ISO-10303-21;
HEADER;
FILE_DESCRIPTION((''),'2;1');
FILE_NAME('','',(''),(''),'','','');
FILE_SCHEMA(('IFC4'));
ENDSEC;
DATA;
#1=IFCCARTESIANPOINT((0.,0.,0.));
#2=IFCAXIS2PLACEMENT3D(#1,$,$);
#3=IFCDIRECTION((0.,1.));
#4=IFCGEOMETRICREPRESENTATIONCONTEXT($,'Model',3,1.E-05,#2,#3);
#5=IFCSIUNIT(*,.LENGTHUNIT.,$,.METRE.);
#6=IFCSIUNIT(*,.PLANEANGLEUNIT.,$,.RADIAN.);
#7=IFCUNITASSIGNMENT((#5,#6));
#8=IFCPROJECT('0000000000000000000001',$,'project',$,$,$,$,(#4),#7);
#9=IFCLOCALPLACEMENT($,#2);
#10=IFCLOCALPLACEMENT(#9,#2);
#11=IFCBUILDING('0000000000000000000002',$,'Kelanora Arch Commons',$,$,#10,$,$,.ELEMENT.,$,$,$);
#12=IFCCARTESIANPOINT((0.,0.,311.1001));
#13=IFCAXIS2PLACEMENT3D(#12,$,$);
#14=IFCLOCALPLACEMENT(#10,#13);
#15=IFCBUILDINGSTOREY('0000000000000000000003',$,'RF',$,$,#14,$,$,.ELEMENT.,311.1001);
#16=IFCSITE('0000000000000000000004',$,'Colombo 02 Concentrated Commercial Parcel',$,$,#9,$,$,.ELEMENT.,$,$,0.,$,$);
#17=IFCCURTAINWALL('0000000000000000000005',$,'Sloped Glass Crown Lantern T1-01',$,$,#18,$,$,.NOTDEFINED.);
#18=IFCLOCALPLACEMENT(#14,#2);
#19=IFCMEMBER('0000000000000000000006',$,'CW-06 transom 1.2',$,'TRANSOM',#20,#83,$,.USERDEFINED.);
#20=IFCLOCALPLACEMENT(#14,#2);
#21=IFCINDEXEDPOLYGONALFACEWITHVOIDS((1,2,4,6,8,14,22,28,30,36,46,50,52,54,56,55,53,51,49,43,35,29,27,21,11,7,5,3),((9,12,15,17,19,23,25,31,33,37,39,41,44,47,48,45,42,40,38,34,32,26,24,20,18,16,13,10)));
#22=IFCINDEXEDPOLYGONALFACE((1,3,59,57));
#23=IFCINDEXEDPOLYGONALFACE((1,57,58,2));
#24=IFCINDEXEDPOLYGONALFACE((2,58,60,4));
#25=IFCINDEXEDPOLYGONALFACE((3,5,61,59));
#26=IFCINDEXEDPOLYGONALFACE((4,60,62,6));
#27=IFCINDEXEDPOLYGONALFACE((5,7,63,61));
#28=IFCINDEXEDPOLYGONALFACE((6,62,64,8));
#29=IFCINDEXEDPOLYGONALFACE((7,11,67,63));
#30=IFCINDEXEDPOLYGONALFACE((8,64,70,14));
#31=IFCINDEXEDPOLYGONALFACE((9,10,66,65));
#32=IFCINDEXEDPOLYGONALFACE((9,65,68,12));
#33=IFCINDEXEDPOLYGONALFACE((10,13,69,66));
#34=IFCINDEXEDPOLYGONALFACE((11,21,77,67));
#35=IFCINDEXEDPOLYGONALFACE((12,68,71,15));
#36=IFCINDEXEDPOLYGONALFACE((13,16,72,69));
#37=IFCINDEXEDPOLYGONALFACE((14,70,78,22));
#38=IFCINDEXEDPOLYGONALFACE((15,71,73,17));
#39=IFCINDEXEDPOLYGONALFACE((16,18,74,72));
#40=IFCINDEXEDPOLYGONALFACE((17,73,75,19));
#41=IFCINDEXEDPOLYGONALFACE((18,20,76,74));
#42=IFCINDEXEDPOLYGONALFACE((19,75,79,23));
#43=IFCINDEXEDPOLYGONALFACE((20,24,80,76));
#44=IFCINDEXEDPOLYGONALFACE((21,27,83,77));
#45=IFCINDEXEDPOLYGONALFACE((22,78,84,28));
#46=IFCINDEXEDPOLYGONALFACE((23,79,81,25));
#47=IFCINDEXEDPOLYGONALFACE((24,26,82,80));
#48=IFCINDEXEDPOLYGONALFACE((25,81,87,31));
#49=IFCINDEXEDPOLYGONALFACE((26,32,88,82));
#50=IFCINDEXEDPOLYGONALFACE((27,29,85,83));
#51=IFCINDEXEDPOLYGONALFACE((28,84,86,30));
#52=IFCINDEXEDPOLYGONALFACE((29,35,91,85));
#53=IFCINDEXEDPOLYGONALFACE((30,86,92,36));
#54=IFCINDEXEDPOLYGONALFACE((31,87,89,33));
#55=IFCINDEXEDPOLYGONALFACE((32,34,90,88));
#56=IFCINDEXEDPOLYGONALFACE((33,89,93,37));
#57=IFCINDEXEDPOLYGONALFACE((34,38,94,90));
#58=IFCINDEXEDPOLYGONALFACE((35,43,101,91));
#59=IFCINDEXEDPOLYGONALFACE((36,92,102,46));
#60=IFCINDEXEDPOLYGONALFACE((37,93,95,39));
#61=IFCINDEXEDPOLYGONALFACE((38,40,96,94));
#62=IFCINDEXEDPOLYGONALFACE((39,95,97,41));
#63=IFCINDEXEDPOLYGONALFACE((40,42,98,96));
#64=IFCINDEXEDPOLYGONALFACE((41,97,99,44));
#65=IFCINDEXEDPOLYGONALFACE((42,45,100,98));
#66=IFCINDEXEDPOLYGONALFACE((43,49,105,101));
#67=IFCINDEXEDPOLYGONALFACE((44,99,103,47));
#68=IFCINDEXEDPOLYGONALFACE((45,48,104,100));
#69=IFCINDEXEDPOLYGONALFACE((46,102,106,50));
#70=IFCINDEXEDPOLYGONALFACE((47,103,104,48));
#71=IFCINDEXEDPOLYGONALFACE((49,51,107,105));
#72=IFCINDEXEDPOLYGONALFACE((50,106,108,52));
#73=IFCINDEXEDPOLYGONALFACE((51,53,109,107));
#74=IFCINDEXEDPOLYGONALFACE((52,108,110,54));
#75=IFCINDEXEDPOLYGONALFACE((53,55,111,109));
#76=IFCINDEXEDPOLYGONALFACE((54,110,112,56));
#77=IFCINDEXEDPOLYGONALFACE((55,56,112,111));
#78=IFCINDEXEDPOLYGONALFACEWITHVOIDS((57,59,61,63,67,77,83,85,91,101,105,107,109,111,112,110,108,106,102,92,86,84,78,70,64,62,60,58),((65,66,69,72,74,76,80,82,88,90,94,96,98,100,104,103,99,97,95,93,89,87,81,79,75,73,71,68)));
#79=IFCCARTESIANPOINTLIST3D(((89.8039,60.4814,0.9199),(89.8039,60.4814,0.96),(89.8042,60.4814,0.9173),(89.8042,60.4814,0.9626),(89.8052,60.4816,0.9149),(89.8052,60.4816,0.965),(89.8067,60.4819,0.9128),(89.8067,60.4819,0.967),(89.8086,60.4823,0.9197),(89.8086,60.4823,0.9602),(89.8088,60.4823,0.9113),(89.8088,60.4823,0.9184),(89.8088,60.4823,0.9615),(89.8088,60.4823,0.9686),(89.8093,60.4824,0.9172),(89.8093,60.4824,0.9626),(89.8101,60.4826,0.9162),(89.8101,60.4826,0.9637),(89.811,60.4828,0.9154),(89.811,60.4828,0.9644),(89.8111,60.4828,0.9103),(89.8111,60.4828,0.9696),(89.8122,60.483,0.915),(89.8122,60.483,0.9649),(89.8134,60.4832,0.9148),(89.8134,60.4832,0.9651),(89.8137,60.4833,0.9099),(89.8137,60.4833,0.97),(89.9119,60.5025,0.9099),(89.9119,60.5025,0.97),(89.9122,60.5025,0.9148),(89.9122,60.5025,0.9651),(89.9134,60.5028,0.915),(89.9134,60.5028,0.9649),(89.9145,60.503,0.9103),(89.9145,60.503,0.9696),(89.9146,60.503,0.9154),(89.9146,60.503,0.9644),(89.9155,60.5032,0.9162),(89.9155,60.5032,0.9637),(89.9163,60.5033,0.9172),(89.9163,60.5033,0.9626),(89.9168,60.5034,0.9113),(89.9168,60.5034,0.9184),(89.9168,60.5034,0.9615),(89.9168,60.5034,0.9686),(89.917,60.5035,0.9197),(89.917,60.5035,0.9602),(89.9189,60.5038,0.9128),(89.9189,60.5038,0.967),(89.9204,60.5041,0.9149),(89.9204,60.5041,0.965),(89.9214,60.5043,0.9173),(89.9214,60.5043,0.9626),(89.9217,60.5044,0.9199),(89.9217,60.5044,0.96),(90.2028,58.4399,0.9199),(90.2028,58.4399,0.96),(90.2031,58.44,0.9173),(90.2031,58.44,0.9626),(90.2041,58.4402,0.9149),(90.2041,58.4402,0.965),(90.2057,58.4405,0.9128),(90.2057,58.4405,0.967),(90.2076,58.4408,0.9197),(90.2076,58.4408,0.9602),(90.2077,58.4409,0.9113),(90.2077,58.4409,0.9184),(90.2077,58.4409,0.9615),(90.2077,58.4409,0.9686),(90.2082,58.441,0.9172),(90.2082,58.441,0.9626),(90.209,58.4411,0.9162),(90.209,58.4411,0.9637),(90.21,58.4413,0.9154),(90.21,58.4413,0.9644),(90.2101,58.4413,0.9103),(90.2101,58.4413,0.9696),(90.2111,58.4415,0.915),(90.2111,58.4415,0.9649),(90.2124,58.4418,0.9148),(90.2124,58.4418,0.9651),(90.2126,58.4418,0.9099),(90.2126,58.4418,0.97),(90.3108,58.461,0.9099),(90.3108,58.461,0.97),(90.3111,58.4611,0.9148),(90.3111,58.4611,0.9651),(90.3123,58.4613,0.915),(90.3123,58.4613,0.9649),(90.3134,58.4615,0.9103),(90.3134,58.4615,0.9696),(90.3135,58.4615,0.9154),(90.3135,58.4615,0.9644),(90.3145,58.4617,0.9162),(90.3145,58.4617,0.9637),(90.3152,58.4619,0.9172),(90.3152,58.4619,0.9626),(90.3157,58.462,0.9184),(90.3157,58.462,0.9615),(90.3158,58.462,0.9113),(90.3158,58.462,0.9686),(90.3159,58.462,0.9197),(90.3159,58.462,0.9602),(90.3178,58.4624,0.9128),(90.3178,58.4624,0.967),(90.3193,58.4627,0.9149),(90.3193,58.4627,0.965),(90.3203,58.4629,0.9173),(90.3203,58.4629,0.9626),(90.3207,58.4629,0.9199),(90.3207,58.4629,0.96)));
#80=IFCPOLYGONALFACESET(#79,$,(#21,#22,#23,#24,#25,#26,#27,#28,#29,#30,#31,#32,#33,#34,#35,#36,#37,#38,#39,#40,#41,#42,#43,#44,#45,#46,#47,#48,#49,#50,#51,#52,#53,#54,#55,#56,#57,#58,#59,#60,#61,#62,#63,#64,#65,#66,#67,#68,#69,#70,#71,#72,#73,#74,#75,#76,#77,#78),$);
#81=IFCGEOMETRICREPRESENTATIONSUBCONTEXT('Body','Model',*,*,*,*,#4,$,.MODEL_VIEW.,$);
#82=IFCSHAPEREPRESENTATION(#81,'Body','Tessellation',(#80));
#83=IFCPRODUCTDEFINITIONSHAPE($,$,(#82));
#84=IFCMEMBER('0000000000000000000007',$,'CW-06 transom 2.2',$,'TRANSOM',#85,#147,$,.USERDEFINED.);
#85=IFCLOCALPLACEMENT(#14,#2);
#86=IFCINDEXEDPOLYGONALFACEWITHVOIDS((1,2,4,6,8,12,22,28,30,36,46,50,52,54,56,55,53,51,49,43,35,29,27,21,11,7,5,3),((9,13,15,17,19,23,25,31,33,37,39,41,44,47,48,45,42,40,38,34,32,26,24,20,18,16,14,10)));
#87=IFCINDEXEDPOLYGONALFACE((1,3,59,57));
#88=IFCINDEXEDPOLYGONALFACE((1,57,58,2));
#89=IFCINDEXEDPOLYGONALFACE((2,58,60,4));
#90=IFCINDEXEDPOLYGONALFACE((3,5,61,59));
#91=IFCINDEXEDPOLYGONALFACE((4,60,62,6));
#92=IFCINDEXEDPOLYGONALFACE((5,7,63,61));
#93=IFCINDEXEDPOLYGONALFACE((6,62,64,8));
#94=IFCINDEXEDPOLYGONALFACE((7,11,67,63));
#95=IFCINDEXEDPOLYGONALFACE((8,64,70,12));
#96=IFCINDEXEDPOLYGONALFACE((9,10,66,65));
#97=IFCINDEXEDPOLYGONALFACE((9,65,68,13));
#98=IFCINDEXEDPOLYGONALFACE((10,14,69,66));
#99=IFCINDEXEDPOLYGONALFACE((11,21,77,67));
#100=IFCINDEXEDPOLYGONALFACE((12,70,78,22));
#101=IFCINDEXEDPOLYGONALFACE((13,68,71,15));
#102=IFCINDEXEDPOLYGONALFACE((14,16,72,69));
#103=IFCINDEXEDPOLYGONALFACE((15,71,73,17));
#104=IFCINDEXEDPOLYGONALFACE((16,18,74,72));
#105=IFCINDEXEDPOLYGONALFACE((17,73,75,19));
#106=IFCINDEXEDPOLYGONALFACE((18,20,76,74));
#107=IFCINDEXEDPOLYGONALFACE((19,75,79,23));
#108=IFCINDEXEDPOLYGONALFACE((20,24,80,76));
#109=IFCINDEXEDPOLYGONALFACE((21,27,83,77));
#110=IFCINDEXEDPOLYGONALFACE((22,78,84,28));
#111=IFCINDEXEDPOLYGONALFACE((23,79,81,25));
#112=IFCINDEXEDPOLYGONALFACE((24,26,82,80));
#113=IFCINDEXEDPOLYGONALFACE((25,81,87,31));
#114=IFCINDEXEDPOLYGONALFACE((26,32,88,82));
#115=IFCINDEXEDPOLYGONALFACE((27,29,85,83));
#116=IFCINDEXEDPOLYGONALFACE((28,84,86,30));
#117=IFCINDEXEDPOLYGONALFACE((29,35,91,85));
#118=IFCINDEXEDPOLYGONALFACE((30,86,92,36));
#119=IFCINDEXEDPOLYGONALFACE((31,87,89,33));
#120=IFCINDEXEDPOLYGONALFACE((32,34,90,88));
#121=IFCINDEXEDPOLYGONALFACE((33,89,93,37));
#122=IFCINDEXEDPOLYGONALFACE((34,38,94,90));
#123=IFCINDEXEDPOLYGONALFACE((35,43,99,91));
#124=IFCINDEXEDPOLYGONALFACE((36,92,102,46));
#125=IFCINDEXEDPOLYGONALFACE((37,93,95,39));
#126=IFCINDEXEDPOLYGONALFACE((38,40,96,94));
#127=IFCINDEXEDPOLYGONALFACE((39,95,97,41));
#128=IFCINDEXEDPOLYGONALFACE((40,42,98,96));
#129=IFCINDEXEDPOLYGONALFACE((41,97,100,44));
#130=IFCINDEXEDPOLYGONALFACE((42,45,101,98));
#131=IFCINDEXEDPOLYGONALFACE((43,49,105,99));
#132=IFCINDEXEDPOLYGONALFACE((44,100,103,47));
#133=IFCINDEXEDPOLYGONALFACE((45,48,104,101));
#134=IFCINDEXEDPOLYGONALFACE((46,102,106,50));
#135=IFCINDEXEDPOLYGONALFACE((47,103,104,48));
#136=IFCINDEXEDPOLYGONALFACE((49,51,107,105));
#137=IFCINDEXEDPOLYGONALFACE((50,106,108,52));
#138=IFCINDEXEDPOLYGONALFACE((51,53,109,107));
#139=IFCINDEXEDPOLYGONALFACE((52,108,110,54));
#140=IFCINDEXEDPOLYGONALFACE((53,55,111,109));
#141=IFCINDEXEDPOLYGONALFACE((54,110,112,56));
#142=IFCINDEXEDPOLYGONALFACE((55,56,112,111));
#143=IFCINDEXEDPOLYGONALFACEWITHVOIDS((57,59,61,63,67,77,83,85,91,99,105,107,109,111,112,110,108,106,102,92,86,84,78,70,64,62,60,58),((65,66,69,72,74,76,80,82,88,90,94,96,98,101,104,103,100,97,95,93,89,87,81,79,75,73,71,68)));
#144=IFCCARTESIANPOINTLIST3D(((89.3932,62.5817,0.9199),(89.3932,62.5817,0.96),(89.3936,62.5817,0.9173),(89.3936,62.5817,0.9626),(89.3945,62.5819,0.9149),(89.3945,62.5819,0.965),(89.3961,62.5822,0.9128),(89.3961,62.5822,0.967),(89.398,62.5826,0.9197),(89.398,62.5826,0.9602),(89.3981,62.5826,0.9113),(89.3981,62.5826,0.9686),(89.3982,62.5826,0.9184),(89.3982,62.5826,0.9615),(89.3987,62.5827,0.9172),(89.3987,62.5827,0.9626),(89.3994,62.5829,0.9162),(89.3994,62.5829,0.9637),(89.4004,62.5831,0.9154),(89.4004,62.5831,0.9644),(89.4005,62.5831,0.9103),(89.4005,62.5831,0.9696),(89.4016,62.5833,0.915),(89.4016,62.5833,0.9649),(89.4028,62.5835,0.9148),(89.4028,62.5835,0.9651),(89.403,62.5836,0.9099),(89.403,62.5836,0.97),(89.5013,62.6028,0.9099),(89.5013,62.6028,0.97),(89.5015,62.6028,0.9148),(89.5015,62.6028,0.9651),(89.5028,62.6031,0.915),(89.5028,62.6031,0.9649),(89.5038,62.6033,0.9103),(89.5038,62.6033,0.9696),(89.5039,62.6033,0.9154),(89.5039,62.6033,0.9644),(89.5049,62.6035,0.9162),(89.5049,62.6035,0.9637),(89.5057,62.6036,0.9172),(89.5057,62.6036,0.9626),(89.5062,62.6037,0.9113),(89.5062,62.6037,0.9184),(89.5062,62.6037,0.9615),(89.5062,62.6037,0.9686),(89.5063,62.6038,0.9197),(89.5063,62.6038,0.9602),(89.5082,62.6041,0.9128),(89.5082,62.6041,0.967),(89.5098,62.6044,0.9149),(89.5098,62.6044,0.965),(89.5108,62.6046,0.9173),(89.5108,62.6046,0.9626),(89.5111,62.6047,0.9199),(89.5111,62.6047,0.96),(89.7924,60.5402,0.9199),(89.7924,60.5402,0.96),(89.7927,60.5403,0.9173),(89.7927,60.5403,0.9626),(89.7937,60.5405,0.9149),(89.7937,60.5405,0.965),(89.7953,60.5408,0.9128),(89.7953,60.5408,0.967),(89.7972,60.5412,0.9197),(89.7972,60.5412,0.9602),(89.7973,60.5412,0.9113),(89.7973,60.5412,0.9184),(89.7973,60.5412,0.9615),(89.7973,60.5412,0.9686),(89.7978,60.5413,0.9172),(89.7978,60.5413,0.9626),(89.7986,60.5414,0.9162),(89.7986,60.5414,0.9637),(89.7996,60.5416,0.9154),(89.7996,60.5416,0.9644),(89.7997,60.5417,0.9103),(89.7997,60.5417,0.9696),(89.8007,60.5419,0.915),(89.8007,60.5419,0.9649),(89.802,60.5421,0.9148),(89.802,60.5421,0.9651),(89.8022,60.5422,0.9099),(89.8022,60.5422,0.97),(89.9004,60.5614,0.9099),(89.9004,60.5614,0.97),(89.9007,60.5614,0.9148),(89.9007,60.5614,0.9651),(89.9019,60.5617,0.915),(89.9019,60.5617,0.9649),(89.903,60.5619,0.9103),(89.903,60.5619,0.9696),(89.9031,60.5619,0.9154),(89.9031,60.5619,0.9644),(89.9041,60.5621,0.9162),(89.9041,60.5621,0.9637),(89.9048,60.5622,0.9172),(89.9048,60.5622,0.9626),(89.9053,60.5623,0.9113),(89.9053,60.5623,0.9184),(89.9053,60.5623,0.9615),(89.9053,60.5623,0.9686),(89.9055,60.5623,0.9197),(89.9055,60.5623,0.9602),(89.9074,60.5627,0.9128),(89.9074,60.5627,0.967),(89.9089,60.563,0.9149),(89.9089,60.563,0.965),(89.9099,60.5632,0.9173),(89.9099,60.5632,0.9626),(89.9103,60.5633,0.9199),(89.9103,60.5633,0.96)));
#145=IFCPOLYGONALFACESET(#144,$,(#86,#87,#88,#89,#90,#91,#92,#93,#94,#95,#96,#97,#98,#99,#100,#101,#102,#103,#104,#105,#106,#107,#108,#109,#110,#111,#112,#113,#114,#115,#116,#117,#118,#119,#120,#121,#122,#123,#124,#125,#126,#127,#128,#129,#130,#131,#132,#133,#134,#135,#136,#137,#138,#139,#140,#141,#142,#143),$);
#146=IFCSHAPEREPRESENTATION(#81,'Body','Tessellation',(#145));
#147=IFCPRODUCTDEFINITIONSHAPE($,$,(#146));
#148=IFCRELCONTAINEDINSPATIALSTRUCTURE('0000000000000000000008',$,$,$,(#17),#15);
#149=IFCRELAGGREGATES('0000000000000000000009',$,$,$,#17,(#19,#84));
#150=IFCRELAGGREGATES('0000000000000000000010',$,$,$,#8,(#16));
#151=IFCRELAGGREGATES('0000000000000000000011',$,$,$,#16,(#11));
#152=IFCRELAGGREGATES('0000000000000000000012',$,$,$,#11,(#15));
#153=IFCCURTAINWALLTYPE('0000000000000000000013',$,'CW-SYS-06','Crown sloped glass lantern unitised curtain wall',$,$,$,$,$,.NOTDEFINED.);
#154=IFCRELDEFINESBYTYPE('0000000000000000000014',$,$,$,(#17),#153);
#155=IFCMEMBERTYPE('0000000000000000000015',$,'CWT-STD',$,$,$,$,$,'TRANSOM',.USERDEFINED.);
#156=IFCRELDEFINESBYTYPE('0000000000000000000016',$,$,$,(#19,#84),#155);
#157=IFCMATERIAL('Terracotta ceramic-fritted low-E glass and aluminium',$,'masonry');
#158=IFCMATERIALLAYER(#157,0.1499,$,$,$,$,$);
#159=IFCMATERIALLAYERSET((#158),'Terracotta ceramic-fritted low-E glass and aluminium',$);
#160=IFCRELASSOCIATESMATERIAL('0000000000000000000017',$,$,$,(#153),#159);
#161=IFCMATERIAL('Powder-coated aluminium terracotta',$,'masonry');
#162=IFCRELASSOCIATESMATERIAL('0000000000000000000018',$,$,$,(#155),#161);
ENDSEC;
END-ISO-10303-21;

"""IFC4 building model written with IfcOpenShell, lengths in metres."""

from ifc_helpers import new_model, si_unit, direction, frame, origin, origin_2d, place, context, subcontext, project, spatial, hollow_rectangle, extrude, material, layer, layer_set, material_profile, profile_set, type_object, element, aggregate, save


model = new_model("IFC4")

# Units and contexts
model_context = context("Model", 3, precision=1e-05, world=origin(), true_north=direction((0.0, 1.0)))
body_context = subcontext(model_context, "Body", "Model", "MODEL_VIEW")
ifc_project = project(units=[si_unit("LENGTHUNIT", "METRE"), si_unit("PLANEANGLEUNIT", "RADIAN")], contexts=[model_context])

# Site, building, storey
site_placement = place(None, origin())
site = spatial("IfcSite", under=ifc_project, at=site_placement, Name="Colombo 02 Concentrated Commercial Parcel", CompositionType="ELEMENT", RefElevation=0.0)
building_placement = place(site_placement, origin())
building = spatial("IfcBuilding", under=site, at=building_placement, Name="Kelanora Arch Commons", CompositionType="ELEMENT")
storey_placement = place(building_placement, frame((0.0, 0.0, 311.1001)))
storey = spatial("IfcBuildingStorey", under=building, at=storey_placement, Name="RF", CompositionType="ELEMENT", Elevation=311.1001)

# Curtain wall, members
ifc_material_1 = material(Name="Terracotta ceramic-fritted low-E glass and aluminium", Category="masonry")
ifc_layer_1 = layer(ifc_material_1, 0.1499)
ifc_layer_set_1 = layer_set([ifc_layer_1], Name="Terracotta ceramic-fritted low-E glass and aluminium")
curtain_wall_type = type_object("IfcCurtainWallType", Name="CW-SYS-06", Description="Crown sloped glass lantern unitised curtain wall", PredefinedType="NOTDEFINED", material=ifc_layer_set_1)
ifc_material_2 = material(Name="Powder-coated aluminium terracotta", Category="masonry")
curtain_wall_1_placement = place(storey_placement, origin())
curtain_wall_1 = element("IfcCurtainWall", 1, at=curtain_wall_1_placement, inside=storey, type_object=curtain_wall_type, Name="Sloped Glass Crown Lantern T1-01", PredefinedType="NOTDEFINED")
ifc_material_profile_1 = material_profile(ifc_material_2, hollow_rectangle(XDim=0.1201, YDim=0.0601, WallThickness=0.0049, InnerFilletRadius=0.0049, OuterFilletRadius=0.01, at=origin_2d()), Name="CWT120x60")
ifc_profile_set_1 = profile_set([ifc_material_profile_1], Name="Powder-coated aluminium terracotta")
member_type_1 = type_object("IfcMemberType", Name="CWT-STD", ElementType="TRANSOM", PredefinedType="USERDEFINED", material=ifc_profile_set_1)
member_1_placement = place(storey_placement, frame((90.2617, 58.4514, 0.9399), z_axis=(-0.191781, 0.981438, 0.0), x_axis=(-0.981438, -0.191781, 0.0)))
member_1 = element("IfcMember", 2, at=member_1_placement, type_object=member_type_1, Name="CW-06 transom 1.2", ObjectType="TRANSOM", PredefinedType="USERDEFINED", context=body_context, shape_type="SweptSolid", body=[
    extrude(hollow_rectangle(XDim=0.1201, YDim=0.0601, WallThickness=0.0049, InnerFilletRadius=0.0049, OuterFilletRadius=0.01, at=origin_2d()), origin(), (0.0, 0.0, 1.0), 2.0801),
])
member_2_placement = place(storey_placement, frame((89.8513, 60.5518, 0.9399), z_axis=(-0.191894, 0.981416, 0.0), x_axis=(-0.981416, -0.191894, 0.0)))
member_2 = element("IfcMember", 3, at=member_2_placement, type_object=member_type_1, Name="CW-06 transom 2.2", ObjectType="TRANSOM", PredefinedType="USERDEFINED", context=body_context, shape_type="SweptSolid", body=[
    extrude(hollow_rectangle(XDim=0.1201, YDim=0.0601, WallThickness=0.0049, InnerFilletRadius=0.0049, OuterFilletRadius=0.01, at=origin_2d()), origin(), (0.0, 0.0, 1.0), 2.0801),
])

aggregate(curtain_wall_1, [member_1, member_2])

save(model, "model.ifc")
